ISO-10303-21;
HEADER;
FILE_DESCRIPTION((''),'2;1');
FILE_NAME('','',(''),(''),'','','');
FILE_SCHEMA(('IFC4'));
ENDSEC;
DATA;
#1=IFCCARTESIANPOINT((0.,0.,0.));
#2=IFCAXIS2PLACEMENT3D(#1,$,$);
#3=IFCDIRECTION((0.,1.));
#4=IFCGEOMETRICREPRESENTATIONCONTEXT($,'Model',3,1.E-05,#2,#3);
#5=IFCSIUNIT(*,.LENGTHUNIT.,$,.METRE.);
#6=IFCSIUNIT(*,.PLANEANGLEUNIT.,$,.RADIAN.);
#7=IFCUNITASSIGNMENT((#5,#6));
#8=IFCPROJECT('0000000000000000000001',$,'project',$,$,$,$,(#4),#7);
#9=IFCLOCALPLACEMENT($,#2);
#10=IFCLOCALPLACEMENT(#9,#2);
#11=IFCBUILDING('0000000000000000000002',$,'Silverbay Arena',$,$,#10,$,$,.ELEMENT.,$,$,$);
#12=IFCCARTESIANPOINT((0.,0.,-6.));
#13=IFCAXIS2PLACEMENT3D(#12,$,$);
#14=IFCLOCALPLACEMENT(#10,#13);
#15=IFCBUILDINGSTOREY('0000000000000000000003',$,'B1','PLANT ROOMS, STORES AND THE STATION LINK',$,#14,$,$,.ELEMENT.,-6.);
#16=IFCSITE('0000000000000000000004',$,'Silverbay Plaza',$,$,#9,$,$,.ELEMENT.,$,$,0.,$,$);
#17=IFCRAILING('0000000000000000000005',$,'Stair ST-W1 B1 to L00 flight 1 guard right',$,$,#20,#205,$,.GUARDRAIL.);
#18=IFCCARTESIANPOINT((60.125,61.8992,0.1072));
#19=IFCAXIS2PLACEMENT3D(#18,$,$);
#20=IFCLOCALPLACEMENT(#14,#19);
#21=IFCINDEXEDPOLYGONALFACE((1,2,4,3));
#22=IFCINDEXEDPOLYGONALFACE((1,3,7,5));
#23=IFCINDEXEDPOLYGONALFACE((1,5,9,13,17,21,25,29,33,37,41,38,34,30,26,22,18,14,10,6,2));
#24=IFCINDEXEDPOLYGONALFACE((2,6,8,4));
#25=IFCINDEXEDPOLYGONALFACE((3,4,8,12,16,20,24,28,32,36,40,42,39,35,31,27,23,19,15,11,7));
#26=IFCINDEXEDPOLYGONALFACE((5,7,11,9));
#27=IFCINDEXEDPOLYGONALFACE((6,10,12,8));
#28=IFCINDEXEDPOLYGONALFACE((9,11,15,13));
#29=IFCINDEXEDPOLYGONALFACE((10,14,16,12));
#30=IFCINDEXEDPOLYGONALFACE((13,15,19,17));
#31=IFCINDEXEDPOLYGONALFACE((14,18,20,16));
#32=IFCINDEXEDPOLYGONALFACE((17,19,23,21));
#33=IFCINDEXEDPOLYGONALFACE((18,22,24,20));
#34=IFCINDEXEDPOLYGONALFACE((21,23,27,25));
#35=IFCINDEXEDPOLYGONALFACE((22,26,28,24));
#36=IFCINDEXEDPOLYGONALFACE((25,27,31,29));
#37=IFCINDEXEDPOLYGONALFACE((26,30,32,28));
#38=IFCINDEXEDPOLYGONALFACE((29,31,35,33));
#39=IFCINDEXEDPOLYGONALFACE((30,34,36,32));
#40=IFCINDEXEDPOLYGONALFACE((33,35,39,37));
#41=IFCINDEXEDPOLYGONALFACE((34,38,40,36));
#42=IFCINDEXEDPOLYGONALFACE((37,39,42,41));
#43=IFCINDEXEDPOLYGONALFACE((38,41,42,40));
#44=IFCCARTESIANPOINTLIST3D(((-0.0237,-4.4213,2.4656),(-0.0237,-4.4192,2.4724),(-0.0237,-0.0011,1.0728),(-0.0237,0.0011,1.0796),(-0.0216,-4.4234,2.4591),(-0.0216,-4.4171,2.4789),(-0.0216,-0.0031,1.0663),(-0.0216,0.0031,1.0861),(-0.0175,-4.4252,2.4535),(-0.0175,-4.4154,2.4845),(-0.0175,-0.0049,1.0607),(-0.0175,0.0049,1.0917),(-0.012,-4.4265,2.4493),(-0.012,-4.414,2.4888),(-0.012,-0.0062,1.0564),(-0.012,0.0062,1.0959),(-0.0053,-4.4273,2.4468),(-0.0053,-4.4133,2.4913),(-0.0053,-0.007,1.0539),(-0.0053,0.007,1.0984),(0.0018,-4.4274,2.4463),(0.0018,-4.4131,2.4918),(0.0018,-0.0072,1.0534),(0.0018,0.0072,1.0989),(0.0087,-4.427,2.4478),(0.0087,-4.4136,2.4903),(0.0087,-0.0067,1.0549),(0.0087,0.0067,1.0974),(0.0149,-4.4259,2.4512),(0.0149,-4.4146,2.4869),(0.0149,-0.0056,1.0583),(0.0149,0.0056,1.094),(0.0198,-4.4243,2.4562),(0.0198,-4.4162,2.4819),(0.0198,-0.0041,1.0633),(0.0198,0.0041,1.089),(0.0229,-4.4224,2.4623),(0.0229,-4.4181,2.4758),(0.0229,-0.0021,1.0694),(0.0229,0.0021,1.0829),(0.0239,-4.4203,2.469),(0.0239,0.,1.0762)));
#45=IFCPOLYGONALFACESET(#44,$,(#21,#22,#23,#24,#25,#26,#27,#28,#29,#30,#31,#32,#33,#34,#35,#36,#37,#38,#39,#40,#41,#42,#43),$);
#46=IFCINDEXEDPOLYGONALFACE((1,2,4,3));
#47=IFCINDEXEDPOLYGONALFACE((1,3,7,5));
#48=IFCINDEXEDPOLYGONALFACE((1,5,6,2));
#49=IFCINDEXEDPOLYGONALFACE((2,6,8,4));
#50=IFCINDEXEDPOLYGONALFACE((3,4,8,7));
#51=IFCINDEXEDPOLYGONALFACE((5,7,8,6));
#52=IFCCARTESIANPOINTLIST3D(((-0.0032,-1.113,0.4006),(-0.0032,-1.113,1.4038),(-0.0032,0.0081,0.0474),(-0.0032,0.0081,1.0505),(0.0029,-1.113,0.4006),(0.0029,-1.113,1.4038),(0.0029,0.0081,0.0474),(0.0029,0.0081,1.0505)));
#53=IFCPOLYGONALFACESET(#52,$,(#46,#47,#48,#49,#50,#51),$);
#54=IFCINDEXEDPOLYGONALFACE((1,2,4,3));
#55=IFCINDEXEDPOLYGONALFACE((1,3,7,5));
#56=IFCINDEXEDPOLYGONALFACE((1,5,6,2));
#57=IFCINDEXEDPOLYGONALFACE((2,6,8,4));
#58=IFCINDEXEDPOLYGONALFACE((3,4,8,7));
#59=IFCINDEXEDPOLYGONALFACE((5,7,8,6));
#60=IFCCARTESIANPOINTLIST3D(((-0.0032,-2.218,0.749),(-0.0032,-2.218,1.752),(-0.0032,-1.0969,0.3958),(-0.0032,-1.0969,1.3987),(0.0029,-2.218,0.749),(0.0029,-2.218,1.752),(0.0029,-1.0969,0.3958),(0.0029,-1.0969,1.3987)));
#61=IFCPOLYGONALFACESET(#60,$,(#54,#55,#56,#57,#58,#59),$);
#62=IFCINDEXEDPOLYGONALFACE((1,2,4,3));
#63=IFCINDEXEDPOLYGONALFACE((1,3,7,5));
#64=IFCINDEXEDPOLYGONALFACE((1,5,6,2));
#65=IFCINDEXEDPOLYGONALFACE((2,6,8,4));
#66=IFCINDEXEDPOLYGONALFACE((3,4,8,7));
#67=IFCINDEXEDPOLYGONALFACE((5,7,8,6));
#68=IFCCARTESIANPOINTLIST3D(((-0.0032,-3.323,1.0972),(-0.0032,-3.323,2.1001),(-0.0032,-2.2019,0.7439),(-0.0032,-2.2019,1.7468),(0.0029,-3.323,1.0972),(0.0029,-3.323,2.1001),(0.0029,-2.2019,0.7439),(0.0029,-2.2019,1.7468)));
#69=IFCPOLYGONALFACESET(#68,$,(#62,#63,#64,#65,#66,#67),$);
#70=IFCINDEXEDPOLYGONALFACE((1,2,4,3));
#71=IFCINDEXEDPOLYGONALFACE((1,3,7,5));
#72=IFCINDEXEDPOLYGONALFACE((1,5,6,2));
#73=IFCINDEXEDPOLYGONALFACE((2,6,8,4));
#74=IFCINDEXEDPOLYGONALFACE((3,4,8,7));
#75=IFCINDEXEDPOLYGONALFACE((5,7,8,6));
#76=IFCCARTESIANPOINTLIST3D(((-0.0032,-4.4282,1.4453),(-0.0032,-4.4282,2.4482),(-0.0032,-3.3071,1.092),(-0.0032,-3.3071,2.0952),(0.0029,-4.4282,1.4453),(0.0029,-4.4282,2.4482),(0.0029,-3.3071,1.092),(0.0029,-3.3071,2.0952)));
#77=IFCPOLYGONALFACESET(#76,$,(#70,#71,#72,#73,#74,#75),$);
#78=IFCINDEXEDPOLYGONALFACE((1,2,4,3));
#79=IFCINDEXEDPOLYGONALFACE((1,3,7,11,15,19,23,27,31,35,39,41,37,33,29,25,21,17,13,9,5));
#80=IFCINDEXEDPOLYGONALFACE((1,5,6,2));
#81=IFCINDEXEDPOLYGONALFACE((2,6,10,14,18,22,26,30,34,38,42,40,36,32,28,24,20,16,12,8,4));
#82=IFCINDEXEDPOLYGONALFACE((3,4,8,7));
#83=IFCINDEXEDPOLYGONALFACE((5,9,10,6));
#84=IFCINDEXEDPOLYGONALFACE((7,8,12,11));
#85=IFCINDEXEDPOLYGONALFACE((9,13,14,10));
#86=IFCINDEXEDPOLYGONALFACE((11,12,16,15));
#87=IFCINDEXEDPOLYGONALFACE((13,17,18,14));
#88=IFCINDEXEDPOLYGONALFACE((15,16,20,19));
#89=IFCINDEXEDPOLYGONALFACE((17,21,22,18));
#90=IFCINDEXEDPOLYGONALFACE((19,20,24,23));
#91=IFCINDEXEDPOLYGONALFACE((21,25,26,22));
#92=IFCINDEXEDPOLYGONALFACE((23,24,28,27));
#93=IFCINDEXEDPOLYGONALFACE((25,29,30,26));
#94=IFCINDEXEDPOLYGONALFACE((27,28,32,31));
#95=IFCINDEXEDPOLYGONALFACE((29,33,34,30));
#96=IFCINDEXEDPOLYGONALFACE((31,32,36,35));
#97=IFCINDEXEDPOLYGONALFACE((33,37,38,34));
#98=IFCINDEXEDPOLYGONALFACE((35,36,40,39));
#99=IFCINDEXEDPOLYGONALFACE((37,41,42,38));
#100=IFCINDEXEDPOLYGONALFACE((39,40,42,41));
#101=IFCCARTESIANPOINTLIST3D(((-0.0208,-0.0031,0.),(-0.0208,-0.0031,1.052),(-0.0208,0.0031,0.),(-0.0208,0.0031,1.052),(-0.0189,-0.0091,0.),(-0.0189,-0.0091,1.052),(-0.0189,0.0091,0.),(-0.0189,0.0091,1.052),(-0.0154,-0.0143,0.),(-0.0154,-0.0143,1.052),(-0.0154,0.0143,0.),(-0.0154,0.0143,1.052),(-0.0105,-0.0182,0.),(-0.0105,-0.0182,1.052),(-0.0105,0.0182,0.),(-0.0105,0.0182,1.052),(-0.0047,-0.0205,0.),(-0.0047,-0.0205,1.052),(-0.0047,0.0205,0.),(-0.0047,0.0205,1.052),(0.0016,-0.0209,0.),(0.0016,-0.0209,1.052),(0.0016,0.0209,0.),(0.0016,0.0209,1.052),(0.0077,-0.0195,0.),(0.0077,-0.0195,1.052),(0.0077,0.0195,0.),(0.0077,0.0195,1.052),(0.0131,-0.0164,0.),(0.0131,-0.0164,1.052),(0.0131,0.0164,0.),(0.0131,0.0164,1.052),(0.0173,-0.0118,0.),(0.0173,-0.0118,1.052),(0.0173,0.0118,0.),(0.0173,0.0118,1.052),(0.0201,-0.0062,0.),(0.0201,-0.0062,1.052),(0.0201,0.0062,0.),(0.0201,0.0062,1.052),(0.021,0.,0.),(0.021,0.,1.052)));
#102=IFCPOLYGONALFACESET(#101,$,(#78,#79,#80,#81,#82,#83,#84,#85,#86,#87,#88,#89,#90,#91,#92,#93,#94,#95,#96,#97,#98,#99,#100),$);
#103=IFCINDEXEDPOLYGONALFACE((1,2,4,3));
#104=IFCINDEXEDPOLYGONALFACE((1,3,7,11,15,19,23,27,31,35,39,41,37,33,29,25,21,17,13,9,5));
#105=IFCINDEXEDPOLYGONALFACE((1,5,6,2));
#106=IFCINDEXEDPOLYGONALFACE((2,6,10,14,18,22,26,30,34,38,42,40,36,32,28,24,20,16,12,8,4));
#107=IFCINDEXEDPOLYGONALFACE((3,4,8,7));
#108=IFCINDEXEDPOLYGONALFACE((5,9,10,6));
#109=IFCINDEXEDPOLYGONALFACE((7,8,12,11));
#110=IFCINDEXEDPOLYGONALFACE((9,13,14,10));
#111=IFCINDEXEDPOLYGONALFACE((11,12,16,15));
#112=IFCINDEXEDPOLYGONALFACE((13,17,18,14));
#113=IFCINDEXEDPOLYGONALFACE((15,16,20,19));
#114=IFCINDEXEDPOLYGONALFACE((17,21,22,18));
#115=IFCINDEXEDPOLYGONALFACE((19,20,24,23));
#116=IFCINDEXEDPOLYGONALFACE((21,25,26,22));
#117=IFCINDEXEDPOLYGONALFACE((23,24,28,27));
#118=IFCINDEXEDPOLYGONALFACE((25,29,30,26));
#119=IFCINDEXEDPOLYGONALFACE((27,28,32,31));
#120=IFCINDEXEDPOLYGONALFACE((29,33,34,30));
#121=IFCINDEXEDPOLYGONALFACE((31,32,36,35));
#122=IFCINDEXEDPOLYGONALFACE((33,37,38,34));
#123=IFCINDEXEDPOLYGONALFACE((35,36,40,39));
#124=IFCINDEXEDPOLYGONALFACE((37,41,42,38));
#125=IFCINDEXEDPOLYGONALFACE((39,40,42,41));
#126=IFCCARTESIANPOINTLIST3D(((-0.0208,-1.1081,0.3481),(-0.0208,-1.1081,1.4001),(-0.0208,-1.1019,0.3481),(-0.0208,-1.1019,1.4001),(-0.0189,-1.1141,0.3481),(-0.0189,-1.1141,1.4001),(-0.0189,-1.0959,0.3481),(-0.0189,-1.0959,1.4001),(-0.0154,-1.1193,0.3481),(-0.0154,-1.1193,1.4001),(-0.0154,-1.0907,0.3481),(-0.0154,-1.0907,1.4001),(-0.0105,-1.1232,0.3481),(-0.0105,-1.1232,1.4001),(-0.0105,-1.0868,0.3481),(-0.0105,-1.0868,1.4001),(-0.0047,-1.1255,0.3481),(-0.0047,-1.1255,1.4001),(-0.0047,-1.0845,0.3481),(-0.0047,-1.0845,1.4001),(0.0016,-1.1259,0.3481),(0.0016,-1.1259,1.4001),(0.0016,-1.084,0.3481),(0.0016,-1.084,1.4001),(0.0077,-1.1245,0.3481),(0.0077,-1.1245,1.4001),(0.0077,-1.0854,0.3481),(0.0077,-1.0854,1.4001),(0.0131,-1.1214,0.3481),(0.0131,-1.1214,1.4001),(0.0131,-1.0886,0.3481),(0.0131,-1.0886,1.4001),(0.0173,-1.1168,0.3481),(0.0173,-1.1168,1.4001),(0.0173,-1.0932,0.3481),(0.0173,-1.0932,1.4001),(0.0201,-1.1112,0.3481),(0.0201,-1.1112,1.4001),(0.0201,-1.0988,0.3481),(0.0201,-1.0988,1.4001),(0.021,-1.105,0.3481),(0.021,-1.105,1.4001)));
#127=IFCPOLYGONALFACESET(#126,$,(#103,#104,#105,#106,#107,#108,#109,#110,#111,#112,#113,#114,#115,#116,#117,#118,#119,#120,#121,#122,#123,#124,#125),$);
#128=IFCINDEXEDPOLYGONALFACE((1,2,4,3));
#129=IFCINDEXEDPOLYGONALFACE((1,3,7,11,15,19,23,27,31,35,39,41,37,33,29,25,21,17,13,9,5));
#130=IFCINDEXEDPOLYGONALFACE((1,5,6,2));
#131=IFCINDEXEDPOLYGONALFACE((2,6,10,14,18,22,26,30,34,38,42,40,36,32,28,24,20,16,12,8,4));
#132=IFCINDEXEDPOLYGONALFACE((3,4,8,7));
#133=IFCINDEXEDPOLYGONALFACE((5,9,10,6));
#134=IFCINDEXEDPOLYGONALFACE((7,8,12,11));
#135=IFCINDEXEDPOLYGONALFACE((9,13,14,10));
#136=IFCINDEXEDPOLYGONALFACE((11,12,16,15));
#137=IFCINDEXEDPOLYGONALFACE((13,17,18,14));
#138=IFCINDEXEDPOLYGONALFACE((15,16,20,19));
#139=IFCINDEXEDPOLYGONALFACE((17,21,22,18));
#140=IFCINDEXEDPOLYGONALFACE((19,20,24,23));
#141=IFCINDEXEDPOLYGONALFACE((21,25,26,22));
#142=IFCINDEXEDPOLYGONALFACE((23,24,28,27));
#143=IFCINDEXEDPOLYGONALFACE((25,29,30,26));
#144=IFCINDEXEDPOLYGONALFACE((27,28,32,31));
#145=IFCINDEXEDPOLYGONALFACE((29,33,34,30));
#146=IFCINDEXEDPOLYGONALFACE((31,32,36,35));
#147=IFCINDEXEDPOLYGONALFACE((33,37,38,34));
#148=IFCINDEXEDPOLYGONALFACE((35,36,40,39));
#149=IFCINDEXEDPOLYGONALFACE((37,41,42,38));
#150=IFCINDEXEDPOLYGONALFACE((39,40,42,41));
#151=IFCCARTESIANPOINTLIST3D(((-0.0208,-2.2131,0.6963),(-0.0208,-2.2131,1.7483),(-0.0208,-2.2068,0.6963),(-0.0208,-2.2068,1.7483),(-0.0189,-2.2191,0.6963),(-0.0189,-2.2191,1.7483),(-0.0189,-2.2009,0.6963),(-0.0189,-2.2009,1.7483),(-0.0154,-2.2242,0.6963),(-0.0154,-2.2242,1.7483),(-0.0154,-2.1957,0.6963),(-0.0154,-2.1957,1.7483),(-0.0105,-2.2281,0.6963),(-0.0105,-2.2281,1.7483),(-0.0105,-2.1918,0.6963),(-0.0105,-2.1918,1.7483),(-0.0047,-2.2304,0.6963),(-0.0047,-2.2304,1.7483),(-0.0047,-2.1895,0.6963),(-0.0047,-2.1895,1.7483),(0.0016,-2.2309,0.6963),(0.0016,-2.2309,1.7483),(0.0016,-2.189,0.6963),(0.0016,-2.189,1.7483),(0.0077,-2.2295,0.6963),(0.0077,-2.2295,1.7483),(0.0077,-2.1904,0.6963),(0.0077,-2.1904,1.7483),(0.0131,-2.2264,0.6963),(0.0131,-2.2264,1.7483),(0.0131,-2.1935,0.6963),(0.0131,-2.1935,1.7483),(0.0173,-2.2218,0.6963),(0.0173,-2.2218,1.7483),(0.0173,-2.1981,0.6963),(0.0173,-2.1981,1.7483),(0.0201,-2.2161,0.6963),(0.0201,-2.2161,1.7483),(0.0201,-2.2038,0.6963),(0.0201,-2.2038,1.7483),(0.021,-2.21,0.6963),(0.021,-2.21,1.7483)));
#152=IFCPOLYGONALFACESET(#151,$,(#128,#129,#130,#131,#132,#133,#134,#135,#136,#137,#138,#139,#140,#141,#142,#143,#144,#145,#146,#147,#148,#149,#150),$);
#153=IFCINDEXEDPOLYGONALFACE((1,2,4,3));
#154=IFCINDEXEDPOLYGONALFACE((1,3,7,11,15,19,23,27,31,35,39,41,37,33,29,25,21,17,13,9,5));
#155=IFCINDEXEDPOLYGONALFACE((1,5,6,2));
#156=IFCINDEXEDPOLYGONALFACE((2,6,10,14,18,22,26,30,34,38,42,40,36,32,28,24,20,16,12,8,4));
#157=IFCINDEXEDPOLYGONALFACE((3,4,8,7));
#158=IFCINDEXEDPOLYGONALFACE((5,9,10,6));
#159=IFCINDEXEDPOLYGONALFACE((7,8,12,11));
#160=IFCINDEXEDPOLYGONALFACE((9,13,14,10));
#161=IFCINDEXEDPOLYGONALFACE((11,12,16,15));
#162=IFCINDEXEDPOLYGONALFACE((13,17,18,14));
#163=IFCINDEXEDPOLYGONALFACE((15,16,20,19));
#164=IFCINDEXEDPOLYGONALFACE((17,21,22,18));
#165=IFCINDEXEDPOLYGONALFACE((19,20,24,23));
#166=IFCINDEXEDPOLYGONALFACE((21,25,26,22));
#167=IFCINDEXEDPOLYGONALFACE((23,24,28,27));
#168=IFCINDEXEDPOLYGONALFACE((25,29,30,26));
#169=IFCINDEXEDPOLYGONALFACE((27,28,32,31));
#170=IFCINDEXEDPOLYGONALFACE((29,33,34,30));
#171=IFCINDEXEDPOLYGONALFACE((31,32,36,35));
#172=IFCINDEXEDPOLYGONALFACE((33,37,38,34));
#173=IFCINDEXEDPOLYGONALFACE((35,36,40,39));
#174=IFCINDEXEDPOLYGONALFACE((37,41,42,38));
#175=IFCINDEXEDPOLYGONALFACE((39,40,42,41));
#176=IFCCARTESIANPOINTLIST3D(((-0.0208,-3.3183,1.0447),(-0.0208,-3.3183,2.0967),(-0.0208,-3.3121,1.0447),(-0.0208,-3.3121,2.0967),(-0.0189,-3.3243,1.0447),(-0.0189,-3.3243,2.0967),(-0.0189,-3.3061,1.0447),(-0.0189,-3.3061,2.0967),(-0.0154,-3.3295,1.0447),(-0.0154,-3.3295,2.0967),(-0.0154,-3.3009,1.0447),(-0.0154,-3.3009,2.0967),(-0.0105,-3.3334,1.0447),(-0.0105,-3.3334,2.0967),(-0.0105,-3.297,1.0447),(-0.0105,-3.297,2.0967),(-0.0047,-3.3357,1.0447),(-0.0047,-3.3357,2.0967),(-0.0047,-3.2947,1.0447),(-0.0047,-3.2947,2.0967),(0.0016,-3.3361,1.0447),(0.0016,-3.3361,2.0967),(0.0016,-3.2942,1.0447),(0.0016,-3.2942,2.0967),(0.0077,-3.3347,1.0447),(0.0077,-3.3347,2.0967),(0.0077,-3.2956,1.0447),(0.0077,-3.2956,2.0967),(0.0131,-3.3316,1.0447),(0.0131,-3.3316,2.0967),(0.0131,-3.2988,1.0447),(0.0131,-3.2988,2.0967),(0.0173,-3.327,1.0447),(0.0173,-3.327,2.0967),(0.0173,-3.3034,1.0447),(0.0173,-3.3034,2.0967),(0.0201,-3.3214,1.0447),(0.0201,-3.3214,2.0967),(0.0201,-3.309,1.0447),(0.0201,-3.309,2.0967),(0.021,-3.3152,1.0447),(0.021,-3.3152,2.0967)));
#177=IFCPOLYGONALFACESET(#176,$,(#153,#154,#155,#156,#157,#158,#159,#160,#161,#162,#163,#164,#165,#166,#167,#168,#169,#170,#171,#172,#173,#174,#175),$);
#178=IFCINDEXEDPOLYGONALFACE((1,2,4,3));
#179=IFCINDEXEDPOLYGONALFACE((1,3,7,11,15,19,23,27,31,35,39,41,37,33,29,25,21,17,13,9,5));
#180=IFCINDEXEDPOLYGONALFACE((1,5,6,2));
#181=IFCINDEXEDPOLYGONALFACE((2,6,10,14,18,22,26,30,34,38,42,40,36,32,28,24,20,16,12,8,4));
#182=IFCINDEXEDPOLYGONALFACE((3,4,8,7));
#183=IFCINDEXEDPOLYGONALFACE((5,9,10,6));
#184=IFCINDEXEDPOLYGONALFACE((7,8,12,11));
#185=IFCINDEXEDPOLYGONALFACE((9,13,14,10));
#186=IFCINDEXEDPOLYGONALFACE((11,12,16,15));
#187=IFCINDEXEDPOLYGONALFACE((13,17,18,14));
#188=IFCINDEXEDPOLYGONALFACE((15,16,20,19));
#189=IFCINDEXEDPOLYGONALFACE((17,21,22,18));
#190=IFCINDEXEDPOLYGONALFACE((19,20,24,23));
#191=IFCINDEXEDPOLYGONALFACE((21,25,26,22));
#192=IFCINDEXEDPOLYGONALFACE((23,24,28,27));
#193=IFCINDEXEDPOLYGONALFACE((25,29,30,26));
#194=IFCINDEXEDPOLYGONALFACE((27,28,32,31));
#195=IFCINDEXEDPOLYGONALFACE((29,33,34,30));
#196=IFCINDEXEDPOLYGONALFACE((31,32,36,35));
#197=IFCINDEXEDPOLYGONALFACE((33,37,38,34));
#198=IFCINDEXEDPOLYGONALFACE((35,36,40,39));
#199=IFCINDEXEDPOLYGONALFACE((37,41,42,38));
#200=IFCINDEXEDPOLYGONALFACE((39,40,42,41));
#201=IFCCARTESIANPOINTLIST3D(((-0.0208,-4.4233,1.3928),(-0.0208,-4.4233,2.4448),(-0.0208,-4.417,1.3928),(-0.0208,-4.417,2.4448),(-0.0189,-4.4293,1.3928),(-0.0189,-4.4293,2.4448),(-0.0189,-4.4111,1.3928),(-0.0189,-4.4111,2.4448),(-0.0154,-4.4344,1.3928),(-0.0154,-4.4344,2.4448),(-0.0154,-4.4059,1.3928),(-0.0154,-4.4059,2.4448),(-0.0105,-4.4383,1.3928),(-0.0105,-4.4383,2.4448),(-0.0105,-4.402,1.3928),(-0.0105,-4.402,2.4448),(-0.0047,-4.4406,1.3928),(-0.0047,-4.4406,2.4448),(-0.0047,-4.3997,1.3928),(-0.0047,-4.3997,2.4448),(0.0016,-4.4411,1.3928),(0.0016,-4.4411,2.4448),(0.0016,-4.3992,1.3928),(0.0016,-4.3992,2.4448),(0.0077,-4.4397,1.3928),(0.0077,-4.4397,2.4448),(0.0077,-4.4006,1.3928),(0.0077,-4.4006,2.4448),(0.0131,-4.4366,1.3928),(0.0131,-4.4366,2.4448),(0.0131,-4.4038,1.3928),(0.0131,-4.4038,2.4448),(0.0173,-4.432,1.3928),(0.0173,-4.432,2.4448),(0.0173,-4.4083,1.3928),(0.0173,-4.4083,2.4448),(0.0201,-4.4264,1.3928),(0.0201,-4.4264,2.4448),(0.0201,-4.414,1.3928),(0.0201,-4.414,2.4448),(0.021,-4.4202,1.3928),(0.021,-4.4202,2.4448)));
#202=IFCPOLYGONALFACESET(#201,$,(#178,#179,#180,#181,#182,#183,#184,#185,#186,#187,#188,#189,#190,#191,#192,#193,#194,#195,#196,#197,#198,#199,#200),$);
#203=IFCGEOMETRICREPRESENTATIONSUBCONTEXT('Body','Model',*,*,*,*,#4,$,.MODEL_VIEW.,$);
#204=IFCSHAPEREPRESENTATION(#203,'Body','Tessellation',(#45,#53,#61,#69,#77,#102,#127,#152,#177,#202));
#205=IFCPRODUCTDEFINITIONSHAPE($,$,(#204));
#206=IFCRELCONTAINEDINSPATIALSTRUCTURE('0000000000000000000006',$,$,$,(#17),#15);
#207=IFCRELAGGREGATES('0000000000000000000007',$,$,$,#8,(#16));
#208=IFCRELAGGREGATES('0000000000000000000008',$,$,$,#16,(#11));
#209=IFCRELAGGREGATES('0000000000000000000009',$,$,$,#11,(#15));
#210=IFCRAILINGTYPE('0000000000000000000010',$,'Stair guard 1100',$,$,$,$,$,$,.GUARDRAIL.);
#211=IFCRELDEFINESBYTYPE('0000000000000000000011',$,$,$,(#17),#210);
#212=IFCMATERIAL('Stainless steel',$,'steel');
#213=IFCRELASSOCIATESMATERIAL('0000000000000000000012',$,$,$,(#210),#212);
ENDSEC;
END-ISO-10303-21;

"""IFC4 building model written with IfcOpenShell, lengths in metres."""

from ifc_helpers import new_model, si_unit, direction, frame, origin, origin_2d, place, context, subcontext, project, spatial, polyline, circle, outline, extrude, material, type_object, element, save


model = new_model("IFC4")

# Units and contexts
model_context = context("Model", 3, precision=1e-05, world=origin(), true_north=direction((0.0, 1.0)))
body_context = subcontext(model_context, "Body", "Model", "MODEL_VIEW")
ifc_project = project(units=[si_unit("LENGTHUNIT", "METRE"), si_unit("PLANEANGLEUNIT", "RADIAN")], contexts=[model_context])

# Site, building, storey
site_placement = place(None, origin())
site = spatial("IfcSite", under=ifc_project, at=site_placement, Name="Silverbay Plaza", CompositionType="ELEMENT", RefElevation=0.0)
building_placement = place(site_placement, origin())
building = spatial("IfcBuilding", under=site, at=building_placement, Name="Silverbay Arena", CompositionType="ELEMENT")
storey_placement = place(building_placement, frame((0.0, 0.0, -6.0)))
storey = spatial("IfcBuildingStorey", under=building, at=storey_placement, Name="B1", Description="PLANT ROOMS, STORES AND THE STATION LINK", CompositionType="ELEMENT", Elevation=-6.0)

# Railing
ifc_material_1 = material(Name="Stainless steel", Category="steel")
railing_type_1 = type_object("IfcRailingType", Name="Stair guard 1100", PredefinedType="GUARDRAIL", material=ifc_material_1)
railing_1_placement = place(storey_placement, frame((60.125, 61.8992, 0.1072)))
element("IfcRailing", 1, at=railing_1_placement, inside=storey, type_object=railing_type_1, Name="Stair ST-W1 B1 to L00 flight 1 guard right", PredefinedType="GUARDRAIL", context=body_context, shape_type="SweptSolid", body=[
    extrude(circle(Radius=0.0239, at=origin_2d()), frame((0.0, 0.0, 1.0762), z_axis=(0.0, -0.95377, 0.300539), x_axis=(1.0, 0.0, 0.0)), (0.0, 0.0, 1.0), 4.6345),
    extrude(outline(polyline([(-0.0081, 0.0474), (1.113, 0.4006), (1.113, 1.4038), (-0.0081, 1.0505), (-0.0081, 0.0474)])), frame((0.0029, 0.0, 0.0), z_axis=(-1.0, 0.0, 0.0), x_axis=(0.0, -1.0, 0.0)), (0.0, 0.0, 1.0), 0.0061),
    extrude(outline(polyline([(-0.0081, 0.3958), (1.113, 0.749), (1.113, 1.752), (-0.0081, 1.3987), (-0.0081, 0.3958)])), frame((0.0029, -1.105, 0.0), z_axis=(-1.0, 0.0, 0.0), x_axis=(0.0, -1.0, 0.0)), (0.0, 0.0, 1.0), 0.0061),
    extrude(outline(polyline([(-0.0081, 0.7439), (1.113, 1.0972), (1.113, 2.1001), (-0.0081, 1.7468), (-0.0081, 0.7439)])), frame((0.0029, -2.21, 0.0), z_axis=(-1.0, 0.0, 0.0), x_axis=(0.0, -1.0, 0.0)), (0.0, 0.0, 1.0), 0.0061),
    extrude(outline(polyline([(-0.0081, 1.092), (1.113, 1.4453), (1.113, 2.4482), (-0.0081, 2.0952), (-0.0081, 1.092)])), frame((0.0029, -3.3152, 0.0), z_axis=(-1.0, 0.0, 0.0), x_axis=(0.0, -1.0, 0.0)), (0.0, 0.0, 1.0), 0.0061),
    extrude(circle(Radius=0.021, at=origin_2d()), origin(), (0.0, 0.0, 1.0), 1.052),
    extrude(circle(Radius=0.021, at=origin_2d()), frame((0.0, -1.105, 0.3481)), (0.0, 0.0, 1.0), 1.052),
    extrude(circle(Radius=0.021, at=origin_2d()), frame((0.0, -2.21, 0.6963)), (0.0, 0.0, 1.0), 1.052),
    extrude(circle(Radius=0.021, at=origin_2d()), frame((0.0, -3.3152, 1.0447)), (0.0, 0.0, 1.0), 1.052),
    extrude(circle(Radius=0.021, at=origin_2d()), frame((0.0, -4.4202, 1.3928)), (0.0, 0.0, 1.0), 1.052),
])

save(model, "model.ifc")
